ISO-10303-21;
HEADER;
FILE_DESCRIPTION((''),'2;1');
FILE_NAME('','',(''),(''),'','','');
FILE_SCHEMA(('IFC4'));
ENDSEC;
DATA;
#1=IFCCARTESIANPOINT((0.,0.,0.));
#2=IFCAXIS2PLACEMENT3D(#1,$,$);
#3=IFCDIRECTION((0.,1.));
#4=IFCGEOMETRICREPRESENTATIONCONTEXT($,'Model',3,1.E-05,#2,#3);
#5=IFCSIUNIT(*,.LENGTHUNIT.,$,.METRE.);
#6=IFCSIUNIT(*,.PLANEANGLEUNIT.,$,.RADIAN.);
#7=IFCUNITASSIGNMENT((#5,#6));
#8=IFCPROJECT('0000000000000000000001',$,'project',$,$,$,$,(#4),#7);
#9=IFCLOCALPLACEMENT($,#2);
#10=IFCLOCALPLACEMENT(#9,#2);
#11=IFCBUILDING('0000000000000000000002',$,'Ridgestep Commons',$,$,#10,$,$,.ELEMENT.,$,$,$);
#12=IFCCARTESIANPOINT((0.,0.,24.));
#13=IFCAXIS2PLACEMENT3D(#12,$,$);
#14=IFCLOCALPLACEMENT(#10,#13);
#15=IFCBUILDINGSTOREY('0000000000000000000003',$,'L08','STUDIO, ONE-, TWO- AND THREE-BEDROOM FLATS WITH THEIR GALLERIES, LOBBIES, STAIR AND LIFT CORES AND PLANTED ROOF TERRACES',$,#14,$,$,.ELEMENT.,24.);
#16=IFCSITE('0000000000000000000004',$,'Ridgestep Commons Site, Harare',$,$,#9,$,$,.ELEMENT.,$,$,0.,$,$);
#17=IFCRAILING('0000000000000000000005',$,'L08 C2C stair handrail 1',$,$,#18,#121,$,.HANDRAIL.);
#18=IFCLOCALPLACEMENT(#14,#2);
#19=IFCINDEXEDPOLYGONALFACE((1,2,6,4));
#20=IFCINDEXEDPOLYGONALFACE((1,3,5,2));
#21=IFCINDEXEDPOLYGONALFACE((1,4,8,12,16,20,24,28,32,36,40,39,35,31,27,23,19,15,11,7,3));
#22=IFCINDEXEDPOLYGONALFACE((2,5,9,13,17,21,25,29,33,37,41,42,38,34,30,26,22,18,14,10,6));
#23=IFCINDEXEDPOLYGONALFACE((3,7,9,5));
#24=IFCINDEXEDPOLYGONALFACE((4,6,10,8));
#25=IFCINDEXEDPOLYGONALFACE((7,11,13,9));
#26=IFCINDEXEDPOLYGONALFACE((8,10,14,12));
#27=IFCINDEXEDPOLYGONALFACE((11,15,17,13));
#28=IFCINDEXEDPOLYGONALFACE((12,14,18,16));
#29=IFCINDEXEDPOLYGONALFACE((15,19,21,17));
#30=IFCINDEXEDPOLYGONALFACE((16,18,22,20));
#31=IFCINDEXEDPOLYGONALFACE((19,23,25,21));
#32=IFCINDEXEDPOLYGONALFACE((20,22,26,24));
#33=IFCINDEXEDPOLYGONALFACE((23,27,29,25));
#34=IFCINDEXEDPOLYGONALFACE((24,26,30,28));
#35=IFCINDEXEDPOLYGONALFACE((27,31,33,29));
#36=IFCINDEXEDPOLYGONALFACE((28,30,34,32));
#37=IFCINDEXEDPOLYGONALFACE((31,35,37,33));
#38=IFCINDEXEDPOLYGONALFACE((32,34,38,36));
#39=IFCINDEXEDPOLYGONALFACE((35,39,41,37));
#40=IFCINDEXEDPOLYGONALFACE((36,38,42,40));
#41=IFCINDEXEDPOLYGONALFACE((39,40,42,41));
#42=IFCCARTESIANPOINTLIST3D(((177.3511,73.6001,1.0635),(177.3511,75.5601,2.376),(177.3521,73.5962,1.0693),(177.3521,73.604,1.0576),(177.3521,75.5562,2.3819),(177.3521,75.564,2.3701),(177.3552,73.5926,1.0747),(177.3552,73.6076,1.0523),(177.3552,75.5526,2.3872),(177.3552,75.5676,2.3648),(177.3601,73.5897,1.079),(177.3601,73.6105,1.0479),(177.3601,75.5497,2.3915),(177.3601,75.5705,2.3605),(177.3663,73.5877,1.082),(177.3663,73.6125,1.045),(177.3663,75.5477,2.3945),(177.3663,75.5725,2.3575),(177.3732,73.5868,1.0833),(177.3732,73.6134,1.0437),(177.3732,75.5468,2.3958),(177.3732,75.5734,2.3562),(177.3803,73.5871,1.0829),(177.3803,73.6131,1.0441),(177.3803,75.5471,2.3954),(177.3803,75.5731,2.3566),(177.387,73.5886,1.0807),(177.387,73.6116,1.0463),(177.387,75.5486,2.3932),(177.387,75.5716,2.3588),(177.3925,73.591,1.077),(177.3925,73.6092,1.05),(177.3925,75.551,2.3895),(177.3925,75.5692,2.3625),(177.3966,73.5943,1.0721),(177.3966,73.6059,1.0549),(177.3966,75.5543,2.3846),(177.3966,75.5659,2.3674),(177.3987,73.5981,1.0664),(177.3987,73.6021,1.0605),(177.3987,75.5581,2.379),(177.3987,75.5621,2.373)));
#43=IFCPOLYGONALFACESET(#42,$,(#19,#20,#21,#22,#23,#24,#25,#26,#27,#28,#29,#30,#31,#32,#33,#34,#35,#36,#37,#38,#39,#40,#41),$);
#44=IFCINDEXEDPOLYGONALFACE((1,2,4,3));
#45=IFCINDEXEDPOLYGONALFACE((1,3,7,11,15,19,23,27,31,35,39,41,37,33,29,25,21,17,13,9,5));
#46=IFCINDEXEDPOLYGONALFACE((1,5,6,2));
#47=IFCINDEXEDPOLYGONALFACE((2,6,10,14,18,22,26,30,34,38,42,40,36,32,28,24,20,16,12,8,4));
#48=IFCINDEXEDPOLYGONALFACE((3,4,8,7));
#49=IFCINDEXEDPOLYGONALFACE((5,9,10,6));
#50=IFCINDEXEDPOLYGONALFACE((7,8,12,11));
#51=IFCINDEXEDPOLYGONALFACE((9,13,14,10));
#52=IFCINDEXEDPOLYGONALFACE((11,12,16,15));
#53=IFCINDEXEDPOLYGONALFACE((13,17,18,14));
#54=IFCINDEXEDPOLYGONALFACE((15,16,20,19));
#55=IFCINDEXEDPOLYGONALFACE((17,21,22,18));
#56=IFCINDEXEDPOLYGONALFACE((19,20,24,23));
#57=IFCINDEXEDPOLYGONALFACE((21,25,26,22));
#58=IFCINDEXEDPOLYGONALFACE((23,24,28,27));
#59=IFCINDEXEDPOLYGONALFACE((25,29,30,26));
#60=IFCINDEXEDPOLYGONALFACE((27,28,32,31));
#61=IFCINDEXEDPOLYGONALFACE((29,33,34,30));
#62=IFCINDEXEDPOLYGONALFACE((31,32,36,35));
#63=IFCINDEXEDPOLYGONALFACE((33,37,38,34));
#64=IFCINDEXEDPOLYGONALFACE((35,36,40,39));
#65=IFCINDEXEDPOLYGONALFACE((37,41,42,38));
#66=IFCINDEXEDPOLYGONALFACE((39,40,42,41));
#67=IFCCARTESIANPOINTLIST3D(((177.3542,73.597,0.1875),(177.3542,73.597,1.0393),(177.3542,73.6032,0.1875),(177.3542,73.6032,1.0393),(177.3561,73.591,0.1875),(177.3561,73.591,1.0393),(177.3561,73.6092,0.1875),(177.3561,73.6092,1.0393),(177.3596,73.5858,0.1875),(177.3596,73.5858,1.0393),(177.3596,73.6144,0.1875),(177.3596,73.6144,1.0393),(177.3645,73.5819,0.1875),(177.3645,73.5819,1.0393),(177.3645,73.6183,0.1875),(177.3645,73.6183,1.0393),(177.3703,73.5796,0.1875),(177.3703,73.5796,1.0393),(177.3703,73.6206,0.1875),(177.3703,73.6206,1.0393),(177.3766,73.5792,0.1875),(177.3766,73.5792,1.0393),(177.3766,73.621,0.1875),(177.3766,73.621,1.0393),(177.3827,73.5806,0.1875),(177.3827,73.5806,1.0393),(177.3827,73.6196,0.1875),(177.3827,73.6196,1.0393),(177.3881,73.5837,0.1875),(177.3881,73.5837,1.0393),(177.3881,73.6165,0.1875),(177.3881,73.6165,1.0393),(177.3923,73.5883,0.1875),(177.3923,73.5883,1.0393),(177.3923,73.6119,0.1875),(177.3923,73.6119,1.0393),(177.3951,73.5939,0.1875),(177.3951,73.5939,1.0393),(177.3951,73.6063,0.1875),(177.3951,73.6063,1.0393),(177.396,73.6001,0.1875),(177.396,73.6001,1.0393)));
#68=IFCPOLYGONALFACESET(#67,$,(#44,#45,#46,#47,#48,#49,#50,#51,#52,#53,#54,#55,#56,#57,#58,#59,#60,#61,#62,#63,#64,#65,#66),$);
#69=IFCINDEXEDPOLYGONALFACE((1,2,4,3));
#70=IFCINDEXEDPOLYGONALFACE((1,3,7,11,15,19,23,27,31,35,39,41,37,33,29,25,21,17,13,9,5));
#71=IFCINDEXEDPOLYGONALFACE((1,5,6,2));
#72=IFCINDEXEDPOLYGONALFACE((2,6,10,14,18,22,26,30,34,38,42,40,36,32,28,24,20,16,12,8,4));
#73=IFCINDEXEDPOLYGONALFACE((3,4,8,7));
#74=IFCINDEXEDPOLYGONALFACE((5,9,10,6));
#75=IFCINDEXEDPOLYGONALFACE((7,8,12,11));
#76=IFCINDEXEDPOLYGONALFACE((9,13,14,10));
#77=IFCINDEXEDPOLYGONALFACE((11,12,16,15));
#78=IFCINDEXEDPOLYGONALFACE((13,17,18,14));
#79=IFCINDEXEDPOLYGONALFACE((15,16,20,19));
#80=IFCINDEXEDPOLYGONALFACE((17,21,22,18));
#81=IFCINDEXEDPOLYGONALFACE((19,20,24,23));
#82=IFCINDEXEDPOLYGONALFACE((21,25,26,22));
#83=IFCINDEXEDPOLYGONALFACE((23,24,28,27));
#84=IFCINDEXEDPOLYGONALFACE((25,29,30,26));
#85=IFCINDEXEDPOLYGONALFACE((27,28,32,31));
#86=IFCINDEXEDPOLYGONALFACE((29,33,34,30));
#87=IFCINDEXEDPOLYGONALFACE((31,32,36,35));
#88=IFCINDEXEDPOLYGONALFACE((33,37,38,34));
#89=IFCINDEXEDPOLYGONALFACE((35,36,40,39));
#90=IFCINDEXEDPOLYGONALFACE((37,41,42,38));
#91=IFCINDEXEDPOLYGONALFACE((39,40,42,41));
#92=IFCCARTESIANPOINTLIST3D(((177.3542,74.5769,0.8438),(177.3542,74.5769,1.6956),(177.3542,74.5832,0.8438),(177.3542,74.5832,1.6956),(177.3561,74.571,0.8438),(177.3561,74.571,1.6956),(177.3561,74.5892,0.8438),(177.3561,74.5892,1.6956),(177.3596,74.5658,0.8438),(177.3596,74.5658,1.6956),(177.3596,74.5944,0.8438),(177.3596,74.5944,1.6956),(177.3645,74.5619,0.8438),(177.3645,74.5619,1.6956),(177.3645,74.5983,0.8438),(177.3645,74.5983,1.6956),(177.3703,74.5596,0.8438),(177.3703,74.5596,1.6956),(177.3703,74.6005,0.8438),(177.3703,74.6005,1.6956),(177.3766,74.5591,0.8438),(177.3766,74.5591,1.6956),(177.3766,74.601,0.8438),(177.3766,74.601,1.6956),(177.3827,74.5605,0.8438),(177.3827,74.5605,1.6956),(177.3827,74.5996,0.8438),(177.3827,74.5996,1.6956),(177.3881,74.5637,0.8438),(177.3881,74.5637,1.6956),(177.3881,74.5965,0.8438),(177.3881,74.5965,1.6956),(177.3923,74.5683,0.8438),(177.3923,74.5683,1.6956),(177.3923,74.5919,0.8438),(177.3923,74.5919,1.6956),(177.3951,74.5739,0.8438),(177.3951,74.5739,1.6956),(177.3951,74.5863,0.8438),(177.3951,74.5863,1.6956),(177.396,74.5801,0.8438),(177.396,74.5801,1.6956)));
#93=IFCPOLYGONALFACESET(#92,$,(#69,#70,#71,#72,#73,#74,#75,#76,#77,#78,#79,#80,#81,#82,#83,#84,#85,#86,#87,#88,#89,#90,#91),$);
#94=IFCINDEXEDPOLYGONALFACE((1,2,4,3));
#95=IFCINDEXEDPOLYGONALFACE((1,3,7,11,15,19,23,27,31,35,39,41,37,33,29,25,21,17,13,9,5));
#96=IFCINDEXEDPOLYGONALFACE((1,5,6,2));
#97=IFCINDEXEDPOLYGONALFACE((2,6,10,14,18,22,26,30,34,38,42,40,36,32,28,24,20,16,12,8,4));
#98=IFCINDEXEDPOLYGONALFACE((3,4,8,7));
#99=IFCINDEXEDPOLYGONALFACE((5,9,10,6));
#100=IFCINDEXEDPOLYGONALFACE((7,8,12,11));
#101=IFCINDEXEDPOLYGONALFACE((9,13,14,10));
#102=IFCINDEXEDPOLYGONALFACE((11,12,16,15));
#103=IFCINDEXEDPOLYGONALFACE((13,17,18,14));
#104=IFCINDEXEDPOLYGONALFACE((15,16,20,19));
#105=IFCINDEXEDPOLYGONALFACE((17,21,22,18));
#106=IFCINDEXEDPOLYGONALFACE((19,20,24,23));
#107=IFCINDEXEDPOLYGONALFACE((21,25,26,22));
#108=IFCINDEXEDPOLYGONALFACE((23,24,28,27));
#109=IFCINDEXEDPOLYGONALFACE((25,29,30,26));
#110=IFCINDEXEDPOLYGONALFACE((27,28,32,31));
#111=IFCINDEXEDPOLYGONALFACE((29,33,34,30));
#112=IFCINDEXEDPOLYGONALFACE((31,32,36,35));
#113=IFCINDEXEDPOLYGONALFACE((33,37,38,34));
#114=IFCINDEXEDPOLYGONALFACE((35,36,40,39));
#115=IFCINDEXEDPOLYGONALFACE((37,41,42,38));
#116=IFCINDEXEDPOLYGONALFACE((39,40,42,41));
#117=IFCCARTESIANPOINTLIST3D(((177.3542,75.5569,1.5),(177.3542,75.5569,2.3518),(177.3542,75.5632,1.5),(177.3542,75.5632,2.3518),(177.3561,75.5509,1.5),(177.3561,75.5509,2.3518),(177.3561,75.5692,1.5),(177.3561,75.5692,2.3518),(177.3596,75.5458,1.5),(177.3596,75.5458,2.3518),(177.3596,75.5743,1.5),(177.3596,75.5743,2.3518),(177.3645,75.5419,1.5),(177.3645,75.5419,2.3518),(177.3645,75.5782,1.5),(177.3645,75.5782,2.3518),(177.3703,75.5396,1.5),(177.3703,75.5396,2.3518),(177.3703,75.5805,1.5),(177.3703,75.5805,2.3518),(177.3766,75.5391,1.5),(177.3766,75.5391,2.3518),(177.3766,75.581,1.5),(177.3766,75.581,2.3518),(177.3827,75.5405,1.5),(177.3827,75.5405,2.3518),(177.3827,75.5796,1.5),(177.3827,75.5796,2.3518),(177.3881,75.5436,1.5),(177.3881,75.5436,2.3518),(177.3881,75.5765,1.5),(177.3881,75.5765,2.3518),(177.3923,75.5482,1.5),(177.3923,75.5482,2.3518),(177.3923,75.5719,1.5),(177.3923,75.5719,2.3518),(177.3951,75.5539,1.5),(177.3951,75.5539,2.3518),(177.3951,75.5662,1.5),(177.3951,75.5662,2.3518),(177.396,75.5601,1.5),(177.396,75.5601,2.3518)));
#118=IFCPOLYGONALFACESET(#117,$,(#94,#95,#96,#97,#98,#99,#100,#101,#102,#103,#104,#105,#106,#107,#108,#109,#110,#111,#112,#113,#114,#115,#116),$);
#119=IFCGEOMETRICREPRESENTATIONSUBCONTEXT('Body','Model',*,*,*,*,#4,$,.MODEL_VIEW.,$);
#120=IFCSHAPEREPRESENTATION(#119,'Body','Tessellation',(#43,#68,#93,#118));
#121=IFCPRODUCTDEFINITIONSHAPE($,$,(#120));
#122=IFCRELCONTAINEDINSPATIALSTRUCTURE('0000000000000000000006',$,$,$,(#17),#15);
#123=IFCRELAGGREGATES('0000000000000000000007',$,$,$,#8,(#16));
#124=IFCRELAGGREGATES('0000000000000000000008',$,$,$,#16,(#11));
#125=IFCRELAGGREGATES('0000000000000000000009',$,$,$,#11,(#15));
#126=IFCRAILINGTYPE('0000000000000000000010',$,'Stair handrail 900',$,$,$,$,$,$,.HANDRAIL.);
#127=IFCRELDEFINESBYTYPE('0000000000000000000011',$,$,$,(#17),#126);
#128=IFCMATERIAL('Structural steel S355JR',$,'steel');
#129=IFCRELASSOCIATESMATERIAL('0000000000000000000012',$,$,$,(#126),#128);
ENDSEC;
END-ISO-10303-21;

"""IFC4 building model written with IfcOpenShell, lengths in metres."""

from ifc_helpers import new_model, si_unit, direction, frame, origin, origin_2d, place, context, subcontext, project, spatial, circle, extrude, material, type_object, element, save


model = new_model("IFC4")

# Units and contexts
model_context = context("Model", 3, precision=1e-05, world=origin(), true_north=direction((0.0, 1.0)))
body_context = subcontext(model_context, "Body", "Model", "MODEL_VIEW")
ifc_project = project(units=[si_unit("LENGTHUNIT", "METRE"), si_unit("PLANEANGLEUNIT", "RADIAN")], contexts=[model_context])

# Site, building, storey
site_placement = place(None, origin())
site = spatial("IfcSite", under=ifc_project, at=site_placement, Name="Ridgestep Commons Site, Harare", CompositionType="ELEMENT", RefElevation=0.0)
building_placement = place(site_placement, origin())
building = spatial("IfcBuilding", under=site, at=building_placement, Name="Ridgestep Commons", CompositionType="ELEMENT")
storey_placement = place(building_placement, frame((0.0, 0.0, 24.0)))
storey = spatial("IfcBuildingStorey", under=building, at=storey_placement, Name="L08", Description="STUDIO, ONE-, TWO- AND THREE-BEDROOM FLATS WITH THEIR GALLERIES, LOBBIES, STAIR AND LIFT CORES AND PLANTED ROOF TERRACES", CompositionType="ELEMENT", Elevation=24.0)

# Railing
ifc_material_1 = material(Name="Structural steel S355JR", Category="steel")
railing_type_1 = type_object("IfcRailingType", Name="Stair handrail 900", PredefinedType="HANDRAIL", material=ifc_material_1)
for number, where, name in (
    (1, (177.375, 73.6001, 0.1875), "L08 C2C stair handrail 1"),
):
    element("IfcRailing", number, at=place(storey_placement, frame(where)), inside=storey, type_object=railing_type_1, Name=name, PredefinedType="HANDRAIL", context=body_context, shape_type="SweptSolid", body=[
        extrude(circle(Radius=0.0239, at=origin_2d()), frame((0.0, 0.0, 0.876), z_axis=(0.0, 0.830902, 0.556419), x_axis=(-1.0, 0.0, 0.0)), (0.0, 0.0, 1.0), 2.3589),
        extrude(circle(Radius=0.021, at=origin_2d()), origin(), (0.0, 0.0, 1.0), 0.8518),
        extrude(circle(Radius=0.021, at=origin_2d()), frame((0.0, 0.98, 0.6562)), (0.0, 0.0, 1.0), 0.8518),
        extrude(circle(Radius=0.021, at=origin_2d()), frame((0.0, 1.96, 1.3125)), (0.0, 0.0, 1.0), 0.8518),
    ])

save(model, "model.ifc")
